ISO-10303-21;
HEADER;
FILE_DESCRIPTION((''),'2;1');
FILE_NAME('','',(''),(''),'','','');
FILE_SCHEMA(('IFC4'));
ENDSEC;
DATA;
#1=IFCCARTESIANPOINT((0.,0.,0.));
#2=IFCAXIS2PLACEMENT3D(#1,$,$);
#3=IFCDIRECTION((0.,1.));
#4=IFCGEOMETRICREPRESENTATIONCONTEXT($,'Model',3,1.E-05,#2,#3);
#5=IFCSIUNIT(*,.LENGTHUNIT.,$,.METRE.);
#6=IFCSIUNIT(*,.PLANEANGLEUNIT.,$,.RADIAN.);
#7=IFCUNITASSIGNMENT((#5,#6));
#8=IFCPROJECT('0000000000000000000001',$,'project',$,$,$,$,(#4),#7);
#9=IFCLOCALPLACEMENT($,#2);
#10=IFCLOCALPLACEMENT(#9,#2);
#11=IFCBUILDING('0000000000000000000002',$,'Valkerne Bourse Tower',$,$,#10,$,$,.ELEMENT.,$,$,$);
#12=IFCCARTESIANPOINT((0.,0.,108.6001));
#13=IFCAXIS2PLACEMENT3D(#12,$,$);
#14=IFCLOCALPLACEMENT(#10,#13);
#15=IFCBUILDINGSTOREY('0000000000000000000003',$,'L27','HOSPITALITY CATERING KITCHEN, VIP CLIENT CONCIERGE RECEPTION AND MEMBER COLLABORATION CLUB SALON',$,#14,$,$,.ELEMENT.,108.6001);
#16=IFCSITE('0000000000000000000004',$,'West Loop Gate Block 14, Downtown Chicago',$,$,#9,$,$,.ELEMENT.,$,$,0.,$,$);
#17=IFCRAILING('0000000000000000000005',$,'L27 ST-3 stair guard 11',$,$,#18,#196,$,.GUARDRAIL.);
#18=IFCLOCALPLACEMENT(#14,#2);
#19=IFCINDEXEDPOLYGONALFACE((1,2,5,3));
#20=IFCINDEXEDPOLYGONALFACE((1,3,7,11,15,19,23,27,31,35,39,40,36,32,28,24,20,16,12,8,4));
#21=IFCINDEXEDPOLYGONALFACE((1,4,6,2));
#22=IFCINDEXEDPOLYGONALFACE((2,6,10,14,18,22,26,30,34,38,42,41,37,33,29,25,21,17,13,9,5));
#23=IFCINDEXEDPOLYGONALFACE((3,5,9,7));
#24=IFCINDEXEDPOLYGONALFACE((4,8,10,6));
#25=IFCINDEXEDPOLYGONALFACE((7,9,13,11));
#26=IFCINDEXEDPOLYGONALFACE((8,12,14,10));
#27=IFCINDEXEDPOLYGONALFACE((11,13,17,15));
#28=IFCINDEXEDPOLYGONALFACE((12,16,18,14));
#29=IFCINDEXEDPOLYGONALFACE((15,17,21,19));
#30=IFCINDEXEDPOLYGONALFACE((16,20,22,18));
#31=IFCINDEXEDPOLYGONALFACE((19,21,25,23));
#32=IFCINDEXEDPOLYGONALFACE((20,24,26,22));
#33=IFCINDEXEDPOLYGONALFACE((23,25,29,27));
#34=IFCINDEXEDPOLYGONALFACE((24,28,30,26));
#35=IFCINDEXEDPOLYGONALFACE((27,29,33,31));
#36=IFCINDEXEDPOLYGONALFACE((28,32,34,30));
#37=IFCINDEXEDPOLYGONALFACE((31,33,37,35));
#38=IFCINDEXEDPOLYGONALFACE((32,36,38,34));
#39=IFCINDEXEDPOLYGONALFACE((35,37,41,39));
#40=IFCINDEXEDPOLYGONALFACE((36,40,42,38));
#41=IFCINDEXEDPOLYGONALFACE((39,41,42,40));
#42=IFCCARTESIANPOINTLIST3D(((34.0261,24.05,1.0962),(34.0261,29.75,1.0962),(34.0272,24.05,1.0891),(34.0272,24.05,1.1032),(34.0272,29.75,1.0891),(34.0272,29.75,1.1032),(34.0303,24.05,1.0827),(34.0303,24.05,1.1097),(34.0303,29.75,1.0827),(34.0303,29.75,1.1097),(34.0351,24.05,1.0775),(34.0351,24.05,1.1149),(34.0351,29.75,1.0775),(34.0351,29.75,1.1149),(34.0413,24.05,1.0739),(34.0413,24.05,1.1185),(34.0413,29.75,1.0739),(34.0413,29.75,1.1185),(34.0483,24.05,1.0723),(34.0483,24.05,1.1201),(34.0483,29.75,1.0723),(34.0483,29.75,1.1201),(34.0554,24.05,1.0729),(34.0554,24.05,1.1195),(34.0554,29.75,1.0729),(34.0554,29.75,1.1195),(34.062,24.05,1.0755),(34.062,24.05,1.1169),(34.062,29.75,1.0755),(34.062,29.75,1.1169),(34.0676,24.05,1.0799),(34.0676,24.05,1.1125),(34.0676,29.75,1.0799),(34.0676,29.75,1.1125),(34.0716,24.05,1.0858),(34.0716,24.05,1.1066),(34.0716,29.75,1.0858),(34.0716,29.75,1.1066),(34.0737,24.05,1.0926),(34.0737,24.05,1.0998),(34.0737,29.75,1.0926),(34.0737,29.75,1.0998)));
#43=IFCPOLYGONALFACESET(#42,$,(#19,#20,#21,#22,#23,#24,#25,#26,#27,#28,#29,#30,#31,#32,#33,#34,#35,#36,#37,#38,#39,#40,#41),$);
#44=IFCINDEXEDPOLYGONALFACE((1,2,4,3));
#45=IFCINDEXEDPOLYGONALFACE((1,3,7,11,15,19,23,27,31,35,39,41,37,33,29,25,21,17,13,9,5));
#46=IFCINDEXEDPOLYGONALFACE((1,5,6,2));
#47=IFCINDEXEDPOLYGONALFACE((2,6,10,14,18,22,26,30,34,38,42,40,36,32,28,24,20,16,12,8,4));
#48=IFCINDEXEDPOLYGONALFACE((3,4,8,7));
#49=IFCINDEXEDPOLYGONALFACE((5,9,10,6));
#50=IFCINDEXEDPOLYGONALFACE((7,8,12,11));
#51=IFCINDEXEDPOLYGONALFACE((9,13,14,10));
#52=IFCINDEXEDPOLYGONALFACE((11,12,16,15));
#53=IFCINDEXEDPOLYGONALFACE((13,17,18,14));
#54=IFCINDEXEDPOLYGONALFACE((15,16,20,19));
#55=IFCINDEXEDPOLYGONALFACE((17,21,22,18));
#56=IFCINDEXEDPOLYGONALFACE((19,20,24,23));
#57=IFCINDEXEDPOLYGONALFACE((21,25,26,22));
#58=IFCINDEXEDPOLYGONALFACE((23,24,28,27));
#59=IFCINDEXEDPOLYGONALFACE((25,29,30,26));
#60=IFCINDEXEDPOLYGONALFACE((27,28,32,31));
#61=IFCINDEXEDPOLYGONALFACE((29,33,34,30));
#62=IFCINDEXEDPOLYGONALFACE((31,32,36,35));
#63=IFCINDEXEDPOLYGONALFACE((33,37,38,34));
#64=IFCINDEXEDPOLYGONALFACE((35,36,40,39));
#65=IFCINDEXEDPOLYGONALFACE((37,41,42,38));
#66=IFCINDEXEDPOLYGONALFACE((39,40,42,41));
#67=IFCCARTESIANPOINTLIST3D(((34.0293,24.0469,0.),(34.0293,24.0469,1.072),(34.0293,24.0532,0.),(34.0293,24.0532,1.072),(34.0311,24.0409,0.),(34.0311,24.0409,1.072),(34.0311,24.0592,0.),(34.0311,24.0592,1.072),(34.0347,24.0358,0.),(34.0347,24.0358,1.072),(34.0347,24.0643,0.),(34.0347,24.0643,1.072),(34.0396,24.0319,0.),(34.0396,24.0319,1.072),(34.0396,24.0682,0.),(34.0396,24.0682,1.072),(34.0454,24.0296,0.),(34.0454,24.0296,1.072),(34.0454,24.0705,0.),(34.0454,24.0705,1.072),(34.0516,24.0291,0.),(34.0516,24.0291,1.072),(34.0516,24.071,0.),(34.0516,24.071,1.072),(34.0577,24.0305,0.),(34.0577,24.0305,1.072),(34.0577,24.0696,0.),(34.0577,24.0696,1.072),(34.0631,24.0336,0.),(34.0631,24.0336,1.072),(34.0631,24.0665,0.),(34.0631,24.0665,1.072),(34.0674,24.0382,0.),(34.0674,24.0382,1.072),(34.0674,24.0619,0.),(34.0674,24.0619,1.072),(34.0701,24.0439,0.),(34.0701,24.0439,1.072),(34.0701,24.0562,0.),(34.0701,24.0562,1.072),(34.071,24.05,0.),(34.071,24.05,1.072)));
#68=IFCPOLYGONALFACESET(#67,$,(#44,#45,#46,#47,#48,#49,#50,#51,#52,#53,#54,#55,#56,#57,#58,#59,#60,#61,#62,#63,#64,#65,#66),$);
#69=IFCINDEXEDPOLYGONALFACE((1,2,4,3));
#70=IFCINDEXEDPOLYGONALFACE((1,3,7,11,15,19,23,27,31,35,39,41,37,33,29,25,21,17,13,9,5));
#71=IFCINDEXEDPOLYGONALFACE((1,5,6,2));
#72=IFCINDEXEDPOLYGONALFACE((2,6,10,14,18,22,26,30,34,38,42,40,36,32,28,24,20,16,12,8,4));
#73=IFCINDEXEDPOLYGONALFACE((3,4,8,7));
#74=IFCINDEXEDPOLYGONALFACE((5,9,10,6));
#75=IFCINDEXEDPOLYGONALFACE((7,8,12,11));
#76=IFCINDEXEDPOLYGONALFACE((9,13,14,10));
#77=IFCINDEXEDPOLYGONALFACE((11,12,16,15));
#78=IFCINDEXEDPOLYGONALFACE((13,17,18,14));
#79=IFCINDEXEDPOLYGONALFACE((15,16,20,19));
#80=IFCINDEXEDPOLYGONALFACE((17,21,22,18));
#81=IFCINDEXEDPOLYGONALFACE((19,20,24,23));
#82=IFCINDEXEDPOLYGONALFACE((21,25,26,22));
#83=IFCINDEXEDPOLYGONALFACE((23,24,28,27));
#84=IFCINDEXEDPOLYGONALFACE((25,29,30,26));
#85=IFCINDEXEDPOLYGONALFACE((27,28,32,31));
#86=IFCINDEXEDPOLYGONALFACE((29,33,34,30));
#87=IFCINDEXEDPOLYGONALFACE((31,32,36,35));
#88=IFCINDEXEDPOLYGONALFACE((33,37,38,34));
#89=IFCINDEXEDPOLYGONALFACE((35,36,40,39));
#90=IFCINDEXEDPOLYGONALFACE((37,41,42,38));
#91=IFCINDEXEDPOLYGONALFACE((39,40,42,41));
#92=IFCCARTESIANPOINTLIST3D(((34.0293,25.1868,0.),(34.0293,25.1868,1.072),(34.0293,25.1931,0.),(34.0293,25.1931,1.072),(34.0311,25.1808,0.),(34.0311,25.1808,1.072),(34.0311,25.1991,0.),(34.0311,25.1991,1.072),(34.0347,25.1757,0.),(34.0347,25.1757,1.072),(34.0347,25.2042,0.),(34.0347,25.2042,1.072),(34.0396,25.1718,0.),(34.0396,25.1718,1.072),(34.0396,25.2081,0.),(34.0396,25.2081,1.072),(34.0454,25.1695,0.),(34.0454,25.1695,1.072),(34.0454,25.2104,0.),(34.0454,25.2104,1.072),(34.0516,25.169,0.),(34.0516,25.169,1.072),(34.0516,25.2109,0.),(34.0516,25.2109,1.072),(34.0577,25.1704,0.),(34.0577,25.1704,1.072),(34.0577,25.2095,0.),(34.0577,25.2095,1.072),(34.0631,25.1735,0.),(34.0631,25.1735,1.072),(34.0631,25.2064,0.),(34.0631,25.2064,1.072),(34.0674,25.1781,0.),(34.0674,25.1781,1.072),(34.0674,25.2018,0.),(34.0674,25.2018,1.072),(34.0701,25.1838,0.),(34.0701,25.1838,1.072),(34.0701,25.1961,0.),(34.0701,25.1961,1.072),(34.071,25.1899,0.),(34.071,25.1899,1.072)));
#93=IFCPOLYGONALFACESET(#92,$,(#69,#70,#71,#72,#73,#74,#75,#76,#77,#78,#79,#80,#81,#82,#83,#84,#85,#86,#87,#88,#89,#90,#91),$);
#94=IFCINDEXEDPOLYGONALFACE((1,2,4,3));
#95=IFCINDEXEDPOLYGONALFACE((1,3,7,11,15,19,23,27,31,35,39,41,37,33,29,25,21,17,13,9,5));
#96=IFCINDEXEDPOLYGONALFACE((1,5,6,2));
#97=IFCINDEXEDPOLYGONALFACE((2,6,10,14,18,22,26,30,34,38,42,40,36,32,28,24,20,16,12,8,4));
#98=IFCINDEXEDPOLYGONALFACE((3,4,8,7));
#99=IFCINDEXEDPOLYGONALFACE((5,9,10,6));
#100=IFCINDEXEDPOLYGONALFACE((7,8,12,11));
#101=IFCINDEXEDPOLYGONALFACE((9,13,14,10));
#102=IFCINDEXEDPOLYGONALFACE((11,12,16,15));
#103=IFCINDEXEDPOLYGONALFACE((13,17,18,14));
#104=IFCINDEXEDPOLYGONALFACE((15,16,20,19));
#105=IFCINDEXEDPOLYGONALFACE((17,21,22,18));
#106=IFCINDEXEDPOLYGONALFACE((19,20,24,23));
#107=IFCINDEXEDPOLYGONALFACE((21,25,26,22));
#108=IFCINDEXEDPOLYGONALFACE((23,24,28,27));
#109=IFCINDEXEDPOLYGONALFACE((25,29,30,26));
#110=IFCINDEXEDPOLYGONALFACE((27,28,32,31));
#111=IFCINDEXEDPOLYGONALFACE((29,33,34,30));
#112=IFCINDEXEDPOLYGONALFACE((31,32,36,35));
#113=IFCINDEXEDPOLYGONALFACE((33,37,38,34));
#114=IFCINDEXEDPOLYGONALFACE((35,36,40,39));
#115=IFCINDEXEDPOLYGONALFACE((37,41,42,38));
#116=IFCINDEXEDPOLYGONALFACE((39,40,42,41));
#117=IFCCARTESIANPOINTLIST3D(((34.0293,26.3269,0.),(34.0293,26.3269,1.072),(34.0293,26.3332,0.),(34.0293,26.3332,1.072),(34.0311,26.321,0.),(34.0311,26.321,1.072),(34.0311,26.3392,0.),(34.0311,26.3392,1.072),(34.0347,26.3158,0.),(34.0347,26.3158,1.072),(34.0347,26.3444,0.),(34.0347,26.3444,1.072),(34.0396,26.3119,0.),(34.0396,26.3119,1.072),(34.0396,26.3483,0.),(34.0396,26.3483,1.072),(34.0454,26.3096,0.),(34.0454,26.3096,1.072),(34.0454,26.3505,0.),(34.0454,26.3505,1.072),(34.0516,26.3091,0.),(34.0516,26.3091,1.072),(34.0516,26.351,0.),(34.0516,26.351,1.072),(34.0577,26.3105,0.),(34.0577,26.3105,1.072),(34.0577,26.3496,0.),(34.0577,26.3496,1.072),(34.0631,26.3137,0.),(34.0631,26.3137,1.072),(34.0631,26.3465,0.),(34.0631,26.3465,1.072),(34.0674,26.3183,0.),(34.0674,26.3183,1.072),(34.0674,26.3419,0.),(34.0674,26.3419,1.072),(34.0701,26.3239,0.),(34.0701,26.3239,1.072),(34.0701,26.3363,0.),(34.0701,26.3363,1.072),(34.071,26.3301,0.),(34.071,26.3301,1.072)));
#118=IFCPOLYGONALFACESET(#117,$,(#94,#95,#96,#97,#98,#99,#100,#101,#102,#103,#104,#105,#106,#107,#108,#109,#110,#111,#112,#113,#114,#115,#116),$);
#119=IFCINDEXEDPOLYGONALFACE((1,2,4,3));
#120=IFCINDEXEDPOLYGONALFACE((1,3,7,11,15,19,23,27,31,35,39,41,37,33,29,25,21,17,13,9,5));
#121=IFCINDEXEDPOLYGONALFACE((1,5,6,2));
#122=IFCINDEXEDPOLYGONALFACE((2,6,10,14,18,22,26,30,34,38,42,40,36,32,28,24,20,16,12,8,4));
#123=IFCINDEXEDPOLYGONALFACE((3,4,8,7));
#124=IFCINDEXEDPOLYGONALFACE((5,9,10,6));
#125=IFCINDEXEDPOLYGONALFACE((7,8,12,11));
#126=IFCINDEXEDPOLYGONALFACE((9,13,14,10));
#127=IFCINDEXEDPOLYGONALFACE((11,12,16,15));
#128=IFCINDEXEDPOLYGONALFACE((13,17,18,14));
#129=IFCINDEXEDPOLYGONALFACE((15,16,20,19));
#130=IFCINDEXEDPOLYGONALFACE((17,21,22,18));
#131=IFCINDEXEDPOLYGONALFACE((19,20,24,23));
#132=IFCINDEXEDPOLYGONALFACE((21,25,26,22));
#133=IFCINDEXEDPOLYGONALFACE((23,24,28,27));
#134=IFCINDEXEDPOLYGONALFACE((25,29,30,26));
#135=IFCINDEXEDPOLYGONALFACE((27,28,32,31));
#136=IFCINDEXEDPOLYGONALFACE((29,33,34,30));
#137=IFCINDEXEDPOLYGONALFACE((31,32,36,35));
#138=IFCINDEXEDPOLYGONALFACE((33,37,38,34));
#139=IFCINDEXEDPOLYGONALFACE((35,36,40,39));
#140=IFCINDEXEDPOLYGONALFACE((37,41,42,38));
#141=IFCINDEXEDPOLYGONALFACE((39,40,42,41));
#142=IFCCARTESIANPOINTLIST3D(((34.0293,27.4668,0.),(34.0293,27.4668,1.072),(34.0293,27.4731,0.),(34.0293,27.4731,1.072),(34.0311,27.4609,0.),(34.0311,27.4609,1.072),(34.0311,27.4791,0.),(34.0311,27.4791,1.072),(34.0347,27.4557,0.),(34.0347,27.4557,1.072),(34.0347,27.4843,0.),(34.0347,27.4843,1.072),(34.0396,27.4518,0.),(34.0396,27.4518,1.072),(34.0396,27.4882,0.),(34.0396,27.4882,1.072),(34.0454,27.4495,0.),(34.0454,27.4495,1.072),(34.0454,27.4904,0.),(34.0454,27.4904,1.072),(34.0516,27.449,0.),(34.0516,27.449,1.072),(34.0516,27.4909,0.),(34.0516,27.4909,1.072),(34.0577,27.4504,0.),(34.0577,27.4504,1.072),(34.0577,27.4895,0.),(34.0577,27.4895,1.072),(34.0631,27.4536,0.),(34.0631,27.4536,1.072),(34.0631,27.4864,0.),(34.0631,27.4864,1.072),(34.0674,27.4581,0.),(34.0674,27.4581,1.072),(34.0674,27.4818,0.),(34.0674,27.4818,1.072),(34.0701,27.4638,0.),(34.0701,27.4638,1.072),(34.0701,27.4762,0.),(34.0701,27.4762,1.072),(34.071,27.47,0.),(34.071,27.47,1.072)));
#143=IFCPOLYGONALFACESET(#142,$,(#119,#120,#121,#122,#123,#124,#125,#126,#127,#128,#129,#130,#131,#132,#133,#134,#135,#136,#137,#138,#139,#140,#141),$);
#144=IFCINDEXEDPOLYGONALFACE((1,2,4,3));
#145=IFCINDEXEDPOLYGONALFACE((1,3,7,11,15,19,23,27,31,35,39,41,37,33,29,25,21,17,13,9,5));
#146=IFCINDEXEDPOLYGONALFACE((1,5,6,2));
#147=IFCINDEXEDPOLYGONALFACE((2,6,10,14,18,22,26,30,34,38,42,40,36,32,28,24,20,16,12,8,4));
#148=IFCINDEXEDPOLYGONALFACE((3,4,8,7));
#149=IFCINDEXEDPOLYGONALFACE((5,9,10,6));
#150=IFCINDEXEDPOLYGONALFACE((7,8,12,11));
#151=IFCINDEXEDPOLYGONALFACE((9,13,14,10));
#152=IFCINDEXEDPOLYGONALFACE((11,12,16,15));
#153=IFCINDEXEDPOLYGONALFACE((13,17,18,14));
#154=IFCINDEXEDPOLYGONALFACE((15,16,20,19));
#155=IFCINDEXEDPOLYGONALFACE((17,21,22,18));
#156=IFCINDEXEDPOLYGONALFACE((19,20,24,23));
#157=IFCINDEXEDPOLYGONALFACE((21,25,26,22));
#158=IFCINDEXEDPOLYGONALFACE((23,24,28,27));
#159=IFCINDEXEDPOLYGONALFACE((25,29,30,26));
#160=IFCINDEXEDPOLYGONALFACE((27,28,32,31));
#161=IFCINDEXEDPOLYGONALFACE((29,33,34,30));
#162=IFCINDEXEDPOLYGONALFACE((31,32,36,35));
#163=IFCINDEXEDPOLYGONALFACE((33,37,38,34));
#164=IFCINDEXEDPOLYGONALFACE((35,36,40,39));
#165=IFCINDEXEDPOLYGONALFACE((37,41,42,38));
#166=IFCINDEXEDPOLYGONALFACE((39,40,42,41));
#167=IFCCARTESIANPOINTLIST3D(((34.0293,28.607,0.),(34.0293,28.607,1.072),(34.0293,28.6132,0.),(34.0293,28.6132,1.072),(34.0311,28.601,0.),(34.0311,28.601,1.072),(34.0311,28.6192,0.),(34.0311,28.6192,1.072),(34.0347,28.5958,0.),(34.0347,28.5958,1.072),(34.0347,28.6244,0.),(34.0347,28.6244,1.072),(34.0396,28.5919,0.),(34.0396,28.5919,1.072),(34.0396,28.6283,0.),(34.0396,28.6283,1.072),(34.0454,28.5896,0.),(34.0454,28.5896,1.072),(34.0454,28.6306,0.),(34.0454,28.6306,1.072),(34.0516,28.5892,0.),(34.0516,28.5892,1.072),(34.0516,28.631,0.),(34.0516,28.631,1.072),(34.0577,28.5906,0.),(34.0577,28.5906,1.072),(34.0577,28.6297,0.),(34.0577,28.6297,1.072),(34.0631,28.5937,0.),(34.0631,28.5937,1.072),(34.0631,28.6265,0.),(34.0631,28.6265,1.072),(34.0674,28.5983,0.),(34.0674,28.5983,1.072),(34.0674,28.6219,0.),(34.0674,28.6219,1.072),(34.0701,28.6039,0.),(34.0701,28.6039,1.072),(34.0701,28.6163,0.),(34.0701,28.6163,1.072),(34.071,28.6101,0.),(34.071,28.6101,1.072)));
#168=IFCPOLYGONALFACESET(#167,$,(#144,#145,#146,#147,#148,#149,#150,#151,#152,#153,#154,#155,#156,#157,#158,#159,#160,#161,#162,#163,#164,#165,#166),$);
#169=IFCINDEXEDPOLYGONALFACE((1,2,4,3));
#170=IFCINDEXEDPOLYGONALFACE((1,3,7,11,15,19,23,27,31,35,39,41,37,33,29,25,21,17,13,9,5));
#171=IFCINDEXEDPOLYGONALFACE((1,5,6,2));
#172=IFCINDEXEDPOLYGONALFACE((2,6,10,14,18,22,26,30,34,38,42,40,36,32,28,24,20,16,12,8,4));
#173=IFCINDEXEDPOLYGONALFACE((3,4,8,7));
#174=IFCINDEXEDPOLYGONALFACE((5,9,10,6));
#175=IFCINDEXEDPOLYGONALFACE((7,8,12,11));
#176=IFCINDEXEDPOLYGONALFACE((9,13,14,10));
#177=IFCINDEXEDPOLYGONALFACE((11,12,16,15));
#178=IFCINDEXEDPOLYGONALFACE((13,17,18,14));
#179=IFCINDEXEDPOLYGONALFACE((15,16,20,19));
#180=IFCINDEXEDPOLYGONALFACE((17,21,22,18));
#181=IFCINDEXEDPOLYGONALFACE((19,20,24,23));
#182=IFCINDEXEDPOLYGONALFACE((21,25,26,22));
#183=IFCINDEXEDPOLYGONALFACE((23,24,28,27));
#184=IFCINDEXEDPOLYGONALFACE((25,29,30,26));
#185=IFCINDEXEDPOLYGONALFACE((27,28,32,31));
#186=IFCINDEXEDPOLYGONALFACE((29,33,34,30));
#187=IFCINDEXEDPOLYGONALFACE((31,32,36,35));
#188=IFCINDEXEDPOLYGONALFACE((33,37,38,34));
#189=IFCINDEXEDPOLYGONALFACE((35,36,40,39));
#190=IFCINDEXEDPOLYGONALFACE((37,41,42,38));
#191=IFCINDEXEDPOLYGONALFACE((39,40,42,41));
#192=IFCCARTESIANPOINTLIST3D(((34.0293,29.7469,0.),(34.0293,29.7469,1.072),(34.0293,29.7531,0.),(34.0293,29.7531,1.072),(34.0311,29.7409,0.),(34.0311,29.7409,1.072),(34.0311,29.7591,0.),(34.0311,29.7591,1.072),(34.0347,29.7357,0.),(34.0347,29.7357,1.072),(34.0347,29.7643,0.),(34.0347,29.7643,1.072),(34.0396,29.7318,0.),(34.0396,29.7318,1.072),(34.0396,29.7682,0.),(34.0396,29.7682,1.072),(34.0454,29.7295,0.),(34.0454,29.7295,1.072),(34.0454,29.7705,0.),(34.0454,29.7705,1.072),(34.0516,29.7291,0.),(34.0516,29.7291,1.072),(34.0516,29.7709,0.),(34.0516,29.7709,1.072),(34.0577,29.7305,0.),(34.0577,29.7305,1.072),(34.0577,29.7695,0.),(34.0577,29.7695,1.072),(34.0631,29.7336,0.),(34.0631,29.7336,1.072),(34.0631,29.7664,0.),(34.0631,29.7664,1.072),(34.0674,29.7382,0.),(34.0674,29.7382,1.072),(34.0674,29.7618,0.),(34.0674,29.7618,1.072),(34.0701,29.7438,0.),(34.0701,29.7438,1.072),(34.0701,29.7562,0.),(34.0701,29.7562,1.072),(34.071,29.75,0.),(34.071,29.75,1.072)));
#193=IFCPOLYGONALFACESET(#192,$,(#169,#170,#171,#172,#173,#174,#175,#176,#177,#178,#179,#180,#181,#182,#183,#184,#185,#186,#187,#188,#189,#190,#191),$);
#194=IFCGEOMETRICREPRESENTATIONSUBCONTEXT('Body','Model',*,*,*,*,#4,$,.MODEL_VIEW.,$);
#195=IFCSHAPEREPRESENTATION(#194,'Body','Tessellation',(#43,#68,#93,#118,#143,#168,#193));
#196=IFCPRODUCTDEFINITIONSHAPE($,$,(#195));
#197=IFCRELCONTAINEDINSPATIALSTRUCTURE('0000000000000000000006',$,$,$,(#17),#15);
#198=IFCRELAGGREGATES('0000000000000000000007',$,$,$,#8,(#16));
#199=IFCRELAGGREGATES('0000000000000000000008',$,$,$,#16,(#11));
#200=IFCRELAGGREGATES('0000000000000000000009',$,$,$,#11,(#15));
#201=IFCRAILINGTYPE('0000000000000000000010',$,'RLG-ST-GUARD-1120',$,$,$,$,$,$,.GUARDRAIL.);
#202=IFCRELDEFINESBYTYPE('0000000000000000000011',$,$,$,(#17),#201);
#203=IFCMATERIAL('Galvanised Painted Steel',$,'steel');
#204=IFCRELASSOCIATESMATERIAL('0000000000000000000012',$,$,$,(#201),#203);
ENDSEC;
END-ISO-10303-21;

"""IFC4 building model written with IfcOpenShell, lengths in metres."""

from ifc_helpers import new_model, si_unit, direction, frame, origin, origin_2d, place, context, subcontext, project, spatial, circle, extrude, material, type_object, element, save


model = new_model("IFC4")

# Units and contexts
model_context = context("Model", 3, precision=1e-05, world=origin(), true_north=direction((0.0, 1.0)))
body_context = subcontext(model_context, "Body", "Model", "MODEL_VIEW")
ifc_project = project(units=[si_unit("LENGTHUNIT", "METRE"), si_unit("PLANEANGLEUNIT", "RADIAN")], contexts=[model_context])

# Site, building, storey
site_placement = place(None, origin())
site = spatial("IfcSite", under=ifc_project, at=site_placement, Name="West Loop Gate Block 14, Downtown Chicago", CompositionType="ELEMENT", RefElevation=0.0)
building_placement = place(site_placement, origin())
building = spatial("IfcBuilding", under=site, at=building_placement, Name="Valkerne Bourse Tower", CompositionType="ELEMENT")
storey_placement = place(building_placement, frame((0.0, 0.0, 108.6001)))
storey = spatial("IfcBuildingStorey", under=building, at=storey_placement, Name="L27", Description="HOSPITALITY CATERING KITCHEN, VIP CLIENT CONCIERGE RECEPTION AND MEMBER COLLABORATION CLUB SALON", CompositionType="ELEMENT", Elevation=108.6001)

# Railing
ifc_material_1 = material(Name="Galvanised Painted Steel", Category="steel")
railing_type_1 = type_object("IfcRailingType", Name="RLG-ST-GUARD-1120", PredefinedType="GUARDRAIL", material=ifc_material_1)
for number, where, name in (
    (1, (34.05, 24.05, 0.0), "L27 ST-3 stair guard 11"),
):
    element("IfcRailing", number, at=place(storey_placement, frame(where)), inside=storey, type_object=railing_type_1, Name=name, PredefinedType="GUARDRAIL", context=body_context, shape_type="SweptSolid", body=[
        extrude(circle(Radius=0.0239, at=origin_2d()), frame((0.0, 0.0, 1.0962), z_axis=(0.0, 1.0, 0.0), x_axis=(-1.0, 0.0, 0.0)), (0.0, 0.0, 1.0), 5.7),
        extrude(circle(Radius=0.021, at=origin_2d()), origin(), (0.0, 0.0, 1.0), 1.072),
        extrude(circle(Radius=0.021, at=origin_2d()), frame((0.0, 1.1399, 0.0)), (0.0, 0.0, 1.0), 1.072),
        extrude(circle(Radius=0.021, at=origin_2d()), frame((0.0, 2.28, 0.0)), (0.0, 0.0, 1.0), 1.072),
        extrude(circle(Radius=0.021, at=origin_2d()), frame((0.0, 3.4199, 0.0)), (0.0, 0.0, 1.0), 1.072),
        extrude(circle(Radius=0.021, at=origin_2d()), frame((0.0, 4.5601, 0.0)), (0.0, 0.0, 1.0), 1.072),
        extrude(circle(Radius=0.021, at=origin_2d()), frame((0.0, 5.7, 0.0)), (0.0, 0.0, 1.0), 1.072),
    ])

save(model, "model.ifc")
